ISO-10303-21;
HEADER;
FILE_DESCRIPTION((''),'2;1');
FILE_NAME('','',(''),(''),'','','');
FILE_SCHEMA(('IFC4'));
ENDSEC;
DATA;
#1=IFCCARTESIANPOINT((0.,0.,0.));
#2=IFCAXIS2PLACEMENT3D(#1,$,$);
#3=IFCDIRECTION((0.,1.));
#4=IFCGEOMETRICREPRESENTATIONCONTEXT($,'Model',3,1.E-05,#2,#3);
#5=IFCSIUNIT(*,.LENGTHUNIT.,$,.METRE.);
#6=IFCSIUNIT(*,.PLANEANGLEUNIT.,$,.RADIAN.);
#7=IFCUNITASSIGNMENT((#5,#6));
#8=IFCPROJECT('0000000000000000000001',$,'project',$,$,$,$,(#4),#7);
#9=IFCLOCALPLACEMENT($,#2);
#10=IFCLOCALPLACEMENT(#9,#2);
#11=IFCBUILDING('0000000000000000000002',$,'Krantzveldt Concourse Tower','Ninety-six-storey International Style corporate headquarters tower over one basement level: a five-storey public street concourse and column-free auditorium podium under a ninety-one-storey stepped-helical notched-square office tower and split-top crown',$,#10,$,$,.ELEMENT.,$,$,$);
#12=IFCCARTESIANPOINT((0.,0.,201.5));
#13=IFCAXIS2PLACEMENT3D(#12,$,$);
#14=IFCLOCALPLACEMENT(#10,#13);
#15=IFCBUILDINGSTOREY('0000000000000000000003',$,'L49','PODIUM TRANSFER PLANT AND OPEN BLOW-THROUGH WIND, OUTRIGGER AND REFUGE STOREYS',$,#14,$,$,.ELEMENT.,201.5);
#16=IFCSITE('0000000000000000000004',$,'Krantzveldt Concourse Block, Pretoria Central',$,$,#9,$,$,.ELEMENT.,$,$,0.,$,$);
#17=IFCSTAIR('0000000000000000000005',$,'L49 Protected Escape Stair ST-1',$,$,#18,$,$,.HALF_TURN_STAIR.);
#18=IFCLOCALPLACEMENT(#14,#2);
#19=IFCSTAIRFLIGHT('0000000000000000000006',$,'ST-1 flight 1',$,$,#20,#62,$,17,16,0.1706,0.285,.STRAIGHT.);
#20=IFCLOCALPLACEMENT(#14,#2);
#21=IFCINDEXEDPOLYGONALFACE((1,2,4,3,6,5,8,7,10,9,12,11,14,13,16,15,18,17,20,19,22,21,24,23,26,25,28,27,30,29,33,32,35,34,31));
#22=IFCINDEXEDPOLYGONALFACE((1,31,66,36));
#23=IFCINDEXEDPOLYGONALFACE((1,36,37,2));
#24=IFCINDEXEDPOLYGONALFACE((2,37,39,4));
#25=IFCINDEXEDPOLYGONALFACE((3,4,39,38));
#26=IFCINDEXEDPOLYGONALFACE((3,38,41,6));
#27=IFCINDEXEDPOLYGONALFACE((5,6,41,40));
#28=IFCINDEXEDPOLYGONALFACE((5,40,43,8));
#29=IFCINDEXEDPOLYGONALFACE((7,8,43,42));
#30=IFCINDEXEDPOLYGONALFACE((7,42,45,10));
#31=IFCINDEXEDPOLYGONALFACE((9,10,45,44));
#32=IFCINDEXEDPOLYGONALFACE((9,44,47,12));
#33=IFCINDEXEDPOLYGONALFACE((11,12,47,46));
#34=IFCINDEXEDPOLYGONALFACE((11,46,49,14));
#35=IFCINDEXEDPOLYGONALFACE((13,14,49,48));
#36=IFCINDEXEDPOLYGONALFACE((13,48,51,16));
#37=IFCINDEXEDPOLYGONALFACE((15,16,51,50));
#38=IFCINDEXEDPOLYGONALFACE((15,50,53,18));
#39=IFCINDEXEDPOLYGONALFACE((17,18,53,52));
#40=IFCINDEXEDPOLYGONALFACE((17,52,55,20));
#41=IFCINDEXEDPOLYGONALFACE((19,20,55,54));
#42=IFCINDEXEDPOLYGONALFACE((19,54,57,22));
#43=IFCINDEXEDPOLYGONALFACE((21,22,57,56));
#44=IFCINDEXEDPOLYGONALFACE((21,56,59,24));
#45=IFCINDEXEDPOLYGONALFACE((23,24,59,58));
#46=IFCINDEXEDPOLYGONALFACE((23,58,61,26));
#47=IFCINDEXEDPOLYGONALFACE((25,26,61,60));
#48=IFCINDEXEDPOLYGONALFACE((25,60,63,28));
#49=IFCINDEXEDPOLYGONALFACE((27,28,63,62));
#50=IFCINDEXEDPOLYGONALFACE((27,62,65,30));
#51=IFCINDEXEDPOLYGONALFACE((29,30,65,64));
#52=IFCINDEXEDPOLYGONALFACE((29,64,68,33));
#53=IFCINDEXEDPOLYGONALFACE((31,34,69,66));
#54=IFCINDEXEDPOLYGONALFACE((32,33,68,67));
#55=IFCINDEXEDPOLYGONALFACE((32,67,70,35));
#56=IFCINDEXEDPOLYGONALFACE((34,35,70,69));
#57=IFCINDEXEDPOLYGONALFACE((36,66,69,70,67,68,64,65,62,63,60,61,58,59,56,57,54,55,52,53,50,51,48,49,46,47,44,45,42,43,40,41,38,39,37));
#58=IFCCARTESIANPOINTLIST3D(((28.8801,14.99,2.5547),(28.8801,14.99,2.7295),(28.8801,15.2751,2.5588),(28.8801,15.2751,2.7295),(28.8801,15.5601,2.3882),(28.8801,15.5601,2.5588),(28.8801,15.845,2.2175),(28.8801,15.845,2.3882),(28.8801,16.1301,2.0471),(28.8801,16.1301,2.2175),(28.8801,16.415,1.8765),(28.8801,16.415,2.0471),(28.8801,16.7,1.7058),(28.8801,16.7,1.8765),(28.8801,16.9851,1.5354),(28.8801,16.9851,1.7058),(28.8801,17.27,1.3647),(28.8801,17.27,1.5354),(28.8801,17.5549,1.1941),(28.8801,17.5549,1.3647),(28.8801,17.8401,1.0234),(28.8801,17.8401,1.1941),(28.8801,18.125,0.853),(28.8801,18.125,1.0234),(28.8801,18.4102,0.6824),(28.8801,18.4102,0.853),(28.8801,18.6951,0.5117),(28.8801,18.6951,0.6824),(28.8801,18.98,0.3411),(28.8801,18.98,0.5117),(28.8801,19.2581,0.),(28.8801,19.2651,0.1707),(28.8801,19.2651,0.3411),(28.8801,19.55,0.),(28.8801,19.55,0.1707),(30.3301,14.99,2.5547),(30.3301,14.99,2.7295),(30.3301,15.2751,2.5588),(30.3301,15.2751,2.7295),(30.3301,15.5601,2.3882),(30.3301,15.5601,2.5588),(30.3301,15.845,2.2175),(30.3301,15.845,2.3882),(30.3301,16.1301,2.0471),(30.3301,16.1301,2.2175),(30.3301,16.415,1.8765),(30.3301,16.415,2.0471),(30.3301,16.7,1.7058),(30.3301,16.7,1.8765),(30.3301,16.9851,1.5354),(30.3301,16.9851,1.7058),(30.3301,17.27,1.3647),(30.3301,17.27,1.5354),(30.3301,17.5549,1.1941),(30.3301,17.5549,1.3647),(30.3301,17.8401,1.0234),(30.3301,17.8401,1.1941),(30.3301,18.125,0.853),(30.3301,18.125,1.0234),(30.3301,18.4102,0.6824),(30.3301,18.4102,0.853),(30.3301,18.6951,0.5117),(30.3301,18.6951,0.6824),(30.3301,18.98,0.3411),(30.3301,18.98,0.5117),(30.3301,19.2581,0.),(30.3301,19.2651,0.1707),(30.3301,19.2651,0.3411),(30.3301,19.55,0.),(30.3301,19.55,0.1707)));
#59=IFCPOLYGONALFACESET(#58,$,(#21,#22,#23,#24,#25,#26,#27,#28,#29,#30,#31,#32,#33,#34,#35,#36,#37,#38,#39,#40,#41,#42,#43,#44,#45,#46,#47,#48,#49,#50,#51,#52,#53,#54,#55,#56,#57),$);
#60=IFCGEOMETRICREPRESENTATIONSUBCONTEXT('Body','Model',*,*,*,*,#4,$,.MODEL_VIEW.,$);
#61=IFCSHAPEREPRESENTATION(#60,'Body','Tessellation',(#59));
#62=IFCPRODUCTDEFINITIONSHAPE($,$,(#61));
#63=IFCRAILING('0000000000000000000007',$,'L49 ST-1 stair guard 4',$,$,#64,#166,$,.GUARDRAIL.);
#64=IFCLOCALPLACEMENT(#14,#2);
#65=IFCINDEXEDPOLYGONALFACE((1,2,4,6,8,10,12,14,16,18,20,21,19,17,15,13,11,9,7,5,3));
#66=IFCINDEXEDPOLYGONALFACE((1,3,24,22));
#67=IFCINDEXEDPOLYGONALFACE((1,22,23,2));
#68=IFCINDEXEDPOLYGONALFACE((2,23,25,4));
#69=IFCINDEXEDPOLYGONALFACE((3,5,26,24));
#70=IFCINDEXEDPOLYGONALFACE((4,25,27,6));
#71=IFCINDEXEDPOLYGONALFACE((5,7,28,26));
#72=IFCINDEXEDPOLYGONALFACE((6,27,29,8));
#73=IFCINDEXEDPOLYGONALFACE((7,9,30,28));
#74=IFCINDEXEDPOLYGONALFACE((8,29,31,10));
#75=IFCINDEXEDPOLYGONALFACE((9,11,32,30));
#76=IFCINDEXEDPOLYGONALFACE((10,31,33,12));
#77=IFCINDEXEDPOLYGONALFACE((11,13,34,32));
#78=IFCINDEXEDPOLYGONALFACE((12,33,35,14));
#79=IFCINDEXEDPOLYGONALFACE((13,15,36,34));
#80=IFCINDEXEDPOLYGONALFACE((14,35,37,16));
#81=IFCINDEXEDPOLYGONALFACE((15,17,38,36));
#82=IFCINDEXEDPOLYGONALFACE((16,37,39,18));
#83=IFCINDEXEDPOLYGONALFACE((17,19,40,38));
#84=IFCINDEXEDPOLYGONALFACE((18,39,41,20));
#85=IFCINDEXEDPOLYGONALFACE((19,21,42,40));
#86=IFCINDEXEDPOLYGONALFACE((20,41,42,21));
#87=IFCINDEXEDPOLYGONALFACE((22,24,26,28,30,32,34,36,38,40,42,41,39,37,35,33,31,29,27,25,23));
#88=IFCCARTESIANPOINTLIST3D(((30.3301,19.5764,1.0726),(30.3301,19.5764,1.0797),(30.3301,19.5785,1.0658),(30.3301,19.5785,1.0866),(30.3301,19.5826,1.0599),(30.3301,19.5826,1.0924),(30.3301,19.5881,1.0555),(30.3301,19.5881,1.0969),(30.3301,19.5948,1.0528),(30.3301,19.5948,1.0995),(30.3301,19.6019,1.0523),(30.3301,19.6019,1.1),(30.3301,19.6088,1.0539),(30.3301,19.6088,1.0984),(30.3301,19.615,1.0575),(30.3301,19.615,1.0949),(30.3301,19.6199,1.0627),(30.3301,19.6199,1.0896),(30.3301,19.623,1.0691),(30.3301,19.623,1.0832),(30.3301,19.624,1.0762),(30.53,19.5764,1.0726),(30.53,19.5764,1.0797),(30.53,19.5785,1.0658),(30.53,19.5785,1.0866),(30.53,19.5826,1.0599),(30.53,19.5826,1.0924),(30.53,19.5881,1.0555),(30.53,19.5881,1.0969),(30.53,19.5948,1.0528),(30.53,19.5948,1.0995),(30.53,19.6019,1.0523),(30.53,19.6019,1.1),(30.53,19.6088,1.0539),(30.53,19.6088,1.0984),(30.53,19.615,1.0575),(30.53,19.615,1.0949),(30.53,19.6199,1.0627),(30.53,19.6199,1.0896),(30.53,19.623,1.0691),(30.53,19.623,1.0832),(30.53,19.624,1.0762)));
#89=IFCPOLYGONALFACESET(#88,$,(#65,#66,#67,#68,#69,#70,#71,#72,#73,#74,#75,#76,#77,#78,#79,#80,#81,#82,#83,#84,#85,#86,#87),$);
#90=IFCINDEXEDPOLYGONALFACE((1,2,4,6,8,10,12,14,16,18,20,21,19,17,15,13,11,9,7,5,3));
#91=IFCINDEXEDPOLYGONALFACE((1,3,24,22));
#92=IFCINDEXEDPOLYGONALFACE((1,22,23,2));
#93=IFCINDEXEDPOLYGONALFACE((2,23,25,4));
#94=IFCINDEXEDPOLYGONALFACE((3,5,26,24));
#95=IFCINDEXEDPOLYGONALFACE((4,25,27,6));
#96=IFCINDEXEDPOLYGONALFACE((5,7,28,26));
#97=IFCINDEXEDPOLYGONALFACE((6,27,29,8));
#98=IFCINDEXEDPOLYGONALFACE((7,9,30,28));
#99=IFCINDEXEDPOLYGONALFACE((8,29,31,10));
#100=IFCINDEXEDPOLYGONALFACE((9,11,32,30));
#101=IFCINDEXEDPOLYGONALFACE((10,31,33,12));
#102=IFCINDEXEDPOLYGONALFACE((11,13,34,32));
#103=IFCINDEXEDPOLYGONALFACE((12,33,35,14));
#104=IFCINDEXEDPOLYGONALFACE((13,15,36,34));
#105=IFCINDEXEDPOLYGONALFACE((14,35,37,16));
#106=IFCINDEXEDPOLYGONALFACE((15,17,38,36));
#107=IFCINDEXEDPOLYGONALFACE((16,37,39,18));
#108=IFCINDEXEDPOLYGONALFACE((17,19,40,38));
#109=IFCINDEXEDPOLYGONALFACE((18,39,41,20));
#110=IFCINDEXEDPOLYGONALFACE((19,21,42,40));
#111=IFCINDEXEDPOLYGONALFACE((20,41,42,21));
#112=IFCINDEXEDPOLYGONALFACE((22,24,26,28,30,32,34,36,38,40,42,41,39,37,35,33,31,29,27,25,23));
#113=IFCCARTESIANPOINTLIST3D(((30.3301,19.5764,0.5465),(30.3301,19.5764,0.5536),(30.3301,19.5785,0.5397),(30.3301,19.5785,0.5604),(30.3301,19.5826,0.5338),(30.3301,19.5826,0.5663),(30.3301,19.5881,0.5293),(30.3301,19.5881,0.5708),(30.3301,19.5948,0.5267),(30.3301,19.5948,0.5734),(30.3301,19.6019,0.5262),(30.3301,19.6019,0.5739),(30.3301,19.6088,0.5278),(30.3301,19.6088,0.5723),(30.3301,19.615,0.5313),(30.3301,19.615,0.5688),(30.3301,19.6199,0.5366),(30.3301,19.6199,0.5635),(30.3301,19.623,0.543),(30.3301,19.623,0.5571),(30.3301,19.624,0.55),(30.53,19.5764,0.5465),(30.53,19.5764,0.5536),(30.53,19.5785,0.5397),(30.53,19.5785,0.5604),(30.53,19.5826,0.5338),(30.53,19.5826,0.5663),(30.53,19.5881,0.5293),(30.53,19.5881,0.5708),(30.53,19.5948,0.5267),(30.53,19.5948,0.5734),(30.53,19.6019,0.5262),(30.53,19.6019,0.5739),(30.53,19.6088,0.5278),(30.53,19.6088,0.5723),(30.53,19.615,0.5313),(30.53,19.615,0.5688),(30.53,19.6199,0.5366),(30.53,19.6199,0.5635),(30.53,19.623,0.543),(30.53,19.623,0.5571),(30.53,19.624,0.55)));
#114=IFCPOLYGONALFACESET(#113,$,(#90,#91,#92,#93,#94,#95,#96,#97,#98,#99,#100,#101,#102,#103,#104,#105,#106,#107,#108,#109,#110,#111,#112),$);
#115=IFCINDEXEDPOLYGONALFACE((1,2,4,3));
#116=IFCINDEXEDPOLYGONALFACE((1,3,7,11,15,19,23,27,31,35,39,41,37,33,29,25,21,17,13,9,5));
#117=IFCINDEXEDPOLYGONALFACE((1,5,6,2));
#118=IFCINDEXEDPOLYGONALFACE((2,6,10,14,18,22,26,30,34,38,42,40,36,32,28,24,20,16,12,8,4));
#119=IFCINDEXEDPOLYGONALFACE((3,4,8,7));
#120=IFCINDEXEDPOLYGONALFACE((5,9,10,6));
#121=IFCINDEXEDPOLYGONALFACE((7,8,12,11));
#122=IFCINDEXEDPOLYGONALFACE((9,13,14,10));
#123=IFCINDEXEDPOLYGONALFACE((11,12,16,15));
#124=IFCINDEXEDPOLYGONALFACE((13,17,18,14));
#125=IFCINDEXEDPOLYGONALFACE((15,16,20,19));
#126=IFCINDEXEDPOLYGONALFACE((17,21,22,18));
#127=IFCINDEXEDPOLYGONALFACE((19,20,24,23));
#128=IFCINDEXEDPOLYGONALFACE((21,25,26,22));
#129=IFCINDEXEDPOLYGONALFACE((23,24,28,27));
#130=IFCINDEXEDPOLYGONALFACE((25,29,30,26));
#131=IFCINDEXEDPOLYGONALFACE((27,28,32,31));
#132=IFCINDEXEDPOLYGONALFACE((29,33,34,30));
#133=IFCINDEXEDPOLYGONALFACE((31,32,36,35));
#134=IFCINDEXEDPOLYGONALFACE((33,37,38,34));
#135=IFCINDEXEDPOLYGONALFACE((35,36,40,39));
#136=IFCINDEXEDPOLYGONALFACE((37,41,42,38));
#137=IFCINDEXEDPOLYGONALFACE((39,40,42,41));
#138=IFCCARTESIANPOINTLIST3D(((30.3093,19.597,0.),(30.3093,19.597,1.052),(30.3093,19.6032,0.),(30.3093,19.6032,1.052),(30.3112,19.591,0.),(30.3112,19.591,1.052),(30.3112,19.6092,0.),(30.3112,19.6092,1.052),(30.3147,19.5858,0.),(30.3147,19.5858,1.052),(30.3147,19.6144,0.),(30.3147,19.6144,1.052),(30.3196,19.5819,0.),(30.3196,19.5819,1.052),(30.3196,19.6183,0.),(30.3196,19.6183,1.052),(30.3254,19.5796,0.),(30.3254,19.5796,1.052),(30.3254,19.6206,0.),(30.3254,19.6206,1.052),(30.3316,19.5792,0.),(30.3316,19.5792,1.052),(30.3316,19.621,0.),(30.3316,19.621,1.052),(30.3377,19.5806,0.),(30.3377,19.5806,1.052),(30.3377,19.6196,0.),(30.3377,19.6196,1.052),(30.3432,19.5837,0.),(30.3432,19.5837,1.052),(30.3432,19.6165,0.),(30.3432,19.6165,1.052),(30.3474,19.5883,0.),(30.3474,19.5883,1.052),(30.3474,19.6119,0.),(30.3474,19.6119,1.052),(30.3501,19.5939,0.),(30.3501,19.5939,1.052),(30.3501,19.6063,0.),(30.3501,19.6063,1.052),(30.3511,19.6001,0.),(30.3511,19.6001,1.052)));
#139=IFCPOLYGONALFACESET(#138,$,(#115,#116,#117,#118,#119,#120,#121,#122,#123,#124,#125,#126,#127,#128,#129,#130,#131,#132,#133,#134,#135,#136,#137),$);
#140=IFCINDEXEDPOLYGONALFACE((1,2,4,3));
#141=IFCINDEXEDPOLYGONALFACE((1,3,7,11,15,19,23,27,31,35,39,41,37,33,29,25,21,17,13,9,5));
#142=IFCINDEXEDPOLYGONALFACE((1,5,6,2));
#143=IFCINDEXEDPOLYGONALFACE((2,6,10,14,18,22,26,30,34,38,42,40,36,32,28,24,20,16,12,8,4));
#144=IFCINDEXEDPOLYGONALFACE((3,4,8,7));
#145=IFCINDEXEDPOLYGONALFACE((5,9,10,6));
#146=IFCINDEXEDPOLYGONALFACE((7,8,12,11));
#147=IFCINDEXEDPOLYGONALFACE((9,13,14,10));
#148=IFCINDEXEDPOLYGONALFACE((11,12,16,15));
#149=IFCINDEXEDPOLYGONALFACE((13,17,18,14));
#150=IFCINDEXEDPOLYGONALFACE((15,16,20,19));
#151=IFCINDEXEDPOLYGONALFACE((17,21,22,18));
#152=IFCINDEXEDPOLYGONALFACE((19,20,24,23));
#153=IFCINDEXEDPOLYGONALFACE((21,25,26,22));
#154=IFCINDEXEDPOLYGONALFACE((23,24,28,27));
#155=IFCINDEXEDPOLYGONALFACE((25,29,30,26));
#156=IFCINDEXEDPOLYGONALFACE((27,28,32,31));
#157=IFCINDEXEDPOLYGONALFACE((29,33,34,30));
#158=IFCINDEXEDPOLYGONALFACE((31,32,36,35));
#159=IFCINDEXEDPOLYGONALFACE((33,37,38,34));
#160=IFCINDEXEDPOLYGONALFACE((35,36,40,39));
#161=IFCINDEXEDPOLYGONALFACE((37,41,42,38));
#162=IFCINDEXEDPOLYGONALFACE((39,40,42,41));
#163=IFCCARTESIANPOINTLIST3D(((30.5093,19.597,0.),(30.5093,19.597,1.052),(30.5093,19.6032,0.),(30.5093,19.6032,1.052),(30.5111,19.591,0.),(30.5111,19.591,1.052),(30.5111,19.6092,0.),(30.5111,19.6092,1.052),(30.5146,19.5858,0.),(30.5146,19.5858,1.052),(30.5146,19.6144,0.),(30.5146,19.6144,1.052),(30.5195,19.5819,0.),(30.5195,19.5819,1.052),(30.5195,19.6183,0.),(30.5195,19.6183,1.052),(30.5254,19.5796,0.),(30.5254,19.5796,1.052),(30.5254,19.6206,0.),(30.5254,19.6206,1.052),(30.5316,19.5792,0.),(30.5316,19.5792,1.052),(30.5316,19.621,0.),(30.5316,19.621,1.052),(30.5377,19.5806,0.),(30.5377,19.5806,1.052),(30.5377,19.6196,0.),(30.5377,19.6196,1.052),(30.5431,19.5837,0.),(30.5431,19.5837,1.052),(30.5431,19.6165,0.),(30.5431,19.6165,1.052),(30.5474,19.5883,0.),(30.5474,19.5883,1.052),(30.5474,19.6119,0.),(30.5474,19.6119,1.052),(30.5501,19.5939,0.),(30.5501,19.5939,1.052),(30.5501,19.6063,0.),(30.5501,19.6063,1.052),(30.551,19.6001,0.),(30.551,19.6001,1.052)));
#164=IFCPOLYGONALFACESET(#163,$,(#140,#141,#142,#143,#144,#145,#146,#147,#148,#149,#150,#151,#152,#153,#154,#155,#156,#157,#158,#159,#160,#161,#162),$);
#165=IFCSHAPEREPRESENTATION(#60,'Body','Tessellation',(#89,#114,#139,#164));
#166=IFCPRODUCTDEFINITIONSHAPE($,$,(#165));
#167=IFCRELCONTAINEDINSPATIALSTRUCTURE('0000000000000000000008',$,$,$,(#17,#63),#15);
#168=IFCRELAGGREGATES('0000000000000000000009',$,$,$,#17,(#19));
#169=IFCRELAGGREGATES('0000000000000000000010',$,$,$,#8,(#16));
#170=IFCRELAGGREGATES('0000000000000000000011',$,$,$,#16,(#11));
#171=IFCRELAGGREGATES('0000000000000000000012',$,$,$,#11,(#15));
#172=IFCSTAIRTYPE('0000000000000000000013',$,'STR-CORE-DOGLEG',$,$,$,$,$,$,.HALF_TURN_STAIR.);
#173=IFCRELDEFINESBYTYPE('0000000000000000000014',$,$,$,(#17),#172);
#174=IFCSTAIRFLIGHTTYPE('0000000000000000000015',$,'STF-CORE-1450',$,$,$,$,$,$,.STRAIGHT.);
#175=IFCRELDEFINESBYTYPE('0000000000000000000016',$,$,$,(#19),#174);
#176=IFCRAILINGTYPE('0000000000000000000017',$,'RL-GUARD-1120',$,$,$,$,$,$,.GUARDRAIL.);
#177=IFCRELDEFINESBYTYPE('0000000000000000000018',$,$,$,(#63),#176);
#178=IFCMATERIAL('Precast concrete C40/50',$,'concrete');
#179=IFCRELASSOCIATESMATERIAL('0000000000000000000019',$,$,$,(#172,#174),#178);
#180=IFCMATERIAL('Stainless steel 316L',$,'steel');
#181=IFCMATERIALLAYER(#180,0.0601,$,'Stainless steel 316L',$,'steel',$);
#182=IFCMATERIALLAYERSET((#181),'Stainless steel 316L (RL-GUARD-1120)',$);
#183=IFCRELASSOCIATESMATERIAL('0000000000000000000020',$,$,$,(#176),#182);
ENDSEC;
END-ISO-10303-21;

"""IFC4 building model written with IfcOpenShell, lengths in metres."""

from ifc_helpers import new_model, si_unit, direction, frame, origin, origin_2d, place, context, subcontext, project, spatial, polyline, circle, outline, extrude, material, layer, layer_set, type_object, element, aggregate, save


model = new_model("IFC4")

# Units and contexts
model_context = context("Model", 3, precision=1e-05, world=origin(), true_north=direction((0.0, 1.0)))
body_context = subcontext(model_context, "Body", "Model", "MODEL_VIEW")
ifc_project = project(units=[si_unit("LENGTHUNIT", "METRE"), si_unit("PLANEANGLEUNIT", "RADIAN")], contexts=[model_context])

# Site, building, storey
site_placement = place(None, origin())
site = spatial("IfcSite", under=ifc_project, at=site_placement, Name="Krantzveldt Concourse Block, Pretoria Central", CompositionType="ELEMENT", RefElevation=0.0)
building_placement = place(site_placement, origin())
building = spatial("IfcBuilding", under=site, at=building_placement, Name="Krantzveldt Concourse Tower", Description="Ninety-six-storey International Style corporate headquarters tower over one basement level: a five-storey public street concourse and column-free auditorium podium under a ninety-one-storey stepped-helical notched-square office tower and split-top crown", CompositionType="ELEMENT")
storey_placement = place(building_placement, frame((0.0, 0.0, 201.5)))
storey = spatial("IfcBuildingStorey", under=building, at=storey_placement, Name="L49", Description="PODIUM TRANSFER PLANT AND OPEN BLOW-THROUGH WIND, OUTRIGGER AND REFUGE STOREYS", CompositionType="ELEMENT", Elevation=201.5)

# Stair, stair flight
ifc_material_1 = material(Name="Precast concrete C40/50", Category="concrete")
stair_type = type_object("IfcStairType", Name="STR-CORE-DOGLEG", PredefinedType="HALF_TURN_STAIR", material=ifc_material_1)
stair_placement = place(storey_placement, origin())
stair = element("IfcStair", 1, at=stair_placement, inside=storey, type_object=stair_type, Name="L49 Protected Escape Stair ST-1", PredefinedType="HALF_TURN_STAIR")
stair_flight_type = type_object("IfcStairFlightType", Name="STF-CORE-1450", PredefinedType="STRAIGHT", material=ifc_material_1)
stair_flight_placement = place(storey_placement, frame((29.605, 19.55, 0.0), z_axis=(0.0, 0.0, 1.0), x_axis=(0.0, -1.0, 0.0)))
stair_flight = element("IfcStairFlight", 2, at=stair_flight_placement, type_object=stair_flight_type, Name="ST-1 flight 1", NumberOfRisers=17, NumberOfTreads=16, PredefinedType="STRAIGHT", RiserHeight=0.1706, TreadLength=0.285, context=body_context, shape_type="SweptSolid", body=[
    extrude(outline(polyline([(0.0, 0.0), (0.0, 0.1707), (0.2849, 0.1707), (0.2849, 0.3411), (0.5701, 0.3411), (0.5701, 0.5117), (0.855, 0.5117), (0.855, 0.6824), (1.1399, 0.6824), (1.1399, 0.853), (1.425, 0.853), (1.425, 1.0234), (1.71, 1.0234), (1.71, 1.1941), (1.9951, 1.1941), (1.9951, 1.3647), (2.28, 1.3647), (2.28, 1.5354), (2.5649, 1.5354), (2.5649, 1.7058), (2.8501, 1.7058), (2.8501, 1.8765), (3.135, 1.8765), (3.135, 2.0471), (3.4199, 2.0471), (3.4199, 2.2175), (3.7051, 2.2175), (3.7051, 2.3882), (3.99, 2.3882), (3.99, 2.5588), (4.2749, 2.5588), (4.2749, 2.7295), (4.5601, 2.7295), (4.5601, 2.8999), (4.5601, 2.5547), (0.292, 0.0), (0.0, 0.0)])), frame((0.0, 0.7251, 0.0), z_axis=(0.0, -1.0, 0.0), x_axis=(1.0, 0.0, 0.0)), (0.0, 0.0, 1.0), 1.45),
])
aggregate(stair, [stair_flight])

# Railing
ifc_material_2 = material(Name="Stainless steel 316L", Category="steel")
ifc_layer_1 = layer(ifc_material_2, 0.0601, Name="Stainless steel 316L", Category="steel")
ifc_layer_set_1 = layer_set([ifc_layer_1], Name="Stainless steel 316L (RL-GUARD-1120)")
railing_type_1 = type_object("IfcRailingType", Name="RL-GUARD-1120", PredefinedType="GUARDRAIL", material=ifc_layer_set_1)
railing_1_placement = place(storey_placement, frame((30.3301, 19.6001, 0.0)))
element("IfcRailing", 3, at=railing_1_placement, inside=storey, type_object=railing_type_1, Name="L49 ST-1 stair guard 4", PredefinedType="GUARDRAIL", context=body_context, shape_type="SweptSolid", body=[
    extrude(circle(Radius=0.0239, at=origin_2d()), frame((0.0, 0.0, 1.0762), z_axis=(1.0, 0.0, 0.0), x_axis=(0.0, 1.0, 0.0)), (0.0, 0.0, 1.0), 0.2),
    extrude(circle(Radius=0.0239, at=origin_2d()), frame((0.0, 0.0, 0.55), z_axis=(1.0, 0.0, 0.0), x_axis=(0.0, 1.0, 0.0)), (0.0, 0.0, 1.0), 0.2),
    extrude(circle(Radius=0.021, at=origin_2d()), origin(), (0.0, 0.0, 1.0), 1.052),
    extrude(circle(Radius=0.021, at=origin_2d()), frame((0.2, 0.0, 0.0)), (0.0, 0.0, 1.0), 1.052),
])

save(model, "model.ifc")
